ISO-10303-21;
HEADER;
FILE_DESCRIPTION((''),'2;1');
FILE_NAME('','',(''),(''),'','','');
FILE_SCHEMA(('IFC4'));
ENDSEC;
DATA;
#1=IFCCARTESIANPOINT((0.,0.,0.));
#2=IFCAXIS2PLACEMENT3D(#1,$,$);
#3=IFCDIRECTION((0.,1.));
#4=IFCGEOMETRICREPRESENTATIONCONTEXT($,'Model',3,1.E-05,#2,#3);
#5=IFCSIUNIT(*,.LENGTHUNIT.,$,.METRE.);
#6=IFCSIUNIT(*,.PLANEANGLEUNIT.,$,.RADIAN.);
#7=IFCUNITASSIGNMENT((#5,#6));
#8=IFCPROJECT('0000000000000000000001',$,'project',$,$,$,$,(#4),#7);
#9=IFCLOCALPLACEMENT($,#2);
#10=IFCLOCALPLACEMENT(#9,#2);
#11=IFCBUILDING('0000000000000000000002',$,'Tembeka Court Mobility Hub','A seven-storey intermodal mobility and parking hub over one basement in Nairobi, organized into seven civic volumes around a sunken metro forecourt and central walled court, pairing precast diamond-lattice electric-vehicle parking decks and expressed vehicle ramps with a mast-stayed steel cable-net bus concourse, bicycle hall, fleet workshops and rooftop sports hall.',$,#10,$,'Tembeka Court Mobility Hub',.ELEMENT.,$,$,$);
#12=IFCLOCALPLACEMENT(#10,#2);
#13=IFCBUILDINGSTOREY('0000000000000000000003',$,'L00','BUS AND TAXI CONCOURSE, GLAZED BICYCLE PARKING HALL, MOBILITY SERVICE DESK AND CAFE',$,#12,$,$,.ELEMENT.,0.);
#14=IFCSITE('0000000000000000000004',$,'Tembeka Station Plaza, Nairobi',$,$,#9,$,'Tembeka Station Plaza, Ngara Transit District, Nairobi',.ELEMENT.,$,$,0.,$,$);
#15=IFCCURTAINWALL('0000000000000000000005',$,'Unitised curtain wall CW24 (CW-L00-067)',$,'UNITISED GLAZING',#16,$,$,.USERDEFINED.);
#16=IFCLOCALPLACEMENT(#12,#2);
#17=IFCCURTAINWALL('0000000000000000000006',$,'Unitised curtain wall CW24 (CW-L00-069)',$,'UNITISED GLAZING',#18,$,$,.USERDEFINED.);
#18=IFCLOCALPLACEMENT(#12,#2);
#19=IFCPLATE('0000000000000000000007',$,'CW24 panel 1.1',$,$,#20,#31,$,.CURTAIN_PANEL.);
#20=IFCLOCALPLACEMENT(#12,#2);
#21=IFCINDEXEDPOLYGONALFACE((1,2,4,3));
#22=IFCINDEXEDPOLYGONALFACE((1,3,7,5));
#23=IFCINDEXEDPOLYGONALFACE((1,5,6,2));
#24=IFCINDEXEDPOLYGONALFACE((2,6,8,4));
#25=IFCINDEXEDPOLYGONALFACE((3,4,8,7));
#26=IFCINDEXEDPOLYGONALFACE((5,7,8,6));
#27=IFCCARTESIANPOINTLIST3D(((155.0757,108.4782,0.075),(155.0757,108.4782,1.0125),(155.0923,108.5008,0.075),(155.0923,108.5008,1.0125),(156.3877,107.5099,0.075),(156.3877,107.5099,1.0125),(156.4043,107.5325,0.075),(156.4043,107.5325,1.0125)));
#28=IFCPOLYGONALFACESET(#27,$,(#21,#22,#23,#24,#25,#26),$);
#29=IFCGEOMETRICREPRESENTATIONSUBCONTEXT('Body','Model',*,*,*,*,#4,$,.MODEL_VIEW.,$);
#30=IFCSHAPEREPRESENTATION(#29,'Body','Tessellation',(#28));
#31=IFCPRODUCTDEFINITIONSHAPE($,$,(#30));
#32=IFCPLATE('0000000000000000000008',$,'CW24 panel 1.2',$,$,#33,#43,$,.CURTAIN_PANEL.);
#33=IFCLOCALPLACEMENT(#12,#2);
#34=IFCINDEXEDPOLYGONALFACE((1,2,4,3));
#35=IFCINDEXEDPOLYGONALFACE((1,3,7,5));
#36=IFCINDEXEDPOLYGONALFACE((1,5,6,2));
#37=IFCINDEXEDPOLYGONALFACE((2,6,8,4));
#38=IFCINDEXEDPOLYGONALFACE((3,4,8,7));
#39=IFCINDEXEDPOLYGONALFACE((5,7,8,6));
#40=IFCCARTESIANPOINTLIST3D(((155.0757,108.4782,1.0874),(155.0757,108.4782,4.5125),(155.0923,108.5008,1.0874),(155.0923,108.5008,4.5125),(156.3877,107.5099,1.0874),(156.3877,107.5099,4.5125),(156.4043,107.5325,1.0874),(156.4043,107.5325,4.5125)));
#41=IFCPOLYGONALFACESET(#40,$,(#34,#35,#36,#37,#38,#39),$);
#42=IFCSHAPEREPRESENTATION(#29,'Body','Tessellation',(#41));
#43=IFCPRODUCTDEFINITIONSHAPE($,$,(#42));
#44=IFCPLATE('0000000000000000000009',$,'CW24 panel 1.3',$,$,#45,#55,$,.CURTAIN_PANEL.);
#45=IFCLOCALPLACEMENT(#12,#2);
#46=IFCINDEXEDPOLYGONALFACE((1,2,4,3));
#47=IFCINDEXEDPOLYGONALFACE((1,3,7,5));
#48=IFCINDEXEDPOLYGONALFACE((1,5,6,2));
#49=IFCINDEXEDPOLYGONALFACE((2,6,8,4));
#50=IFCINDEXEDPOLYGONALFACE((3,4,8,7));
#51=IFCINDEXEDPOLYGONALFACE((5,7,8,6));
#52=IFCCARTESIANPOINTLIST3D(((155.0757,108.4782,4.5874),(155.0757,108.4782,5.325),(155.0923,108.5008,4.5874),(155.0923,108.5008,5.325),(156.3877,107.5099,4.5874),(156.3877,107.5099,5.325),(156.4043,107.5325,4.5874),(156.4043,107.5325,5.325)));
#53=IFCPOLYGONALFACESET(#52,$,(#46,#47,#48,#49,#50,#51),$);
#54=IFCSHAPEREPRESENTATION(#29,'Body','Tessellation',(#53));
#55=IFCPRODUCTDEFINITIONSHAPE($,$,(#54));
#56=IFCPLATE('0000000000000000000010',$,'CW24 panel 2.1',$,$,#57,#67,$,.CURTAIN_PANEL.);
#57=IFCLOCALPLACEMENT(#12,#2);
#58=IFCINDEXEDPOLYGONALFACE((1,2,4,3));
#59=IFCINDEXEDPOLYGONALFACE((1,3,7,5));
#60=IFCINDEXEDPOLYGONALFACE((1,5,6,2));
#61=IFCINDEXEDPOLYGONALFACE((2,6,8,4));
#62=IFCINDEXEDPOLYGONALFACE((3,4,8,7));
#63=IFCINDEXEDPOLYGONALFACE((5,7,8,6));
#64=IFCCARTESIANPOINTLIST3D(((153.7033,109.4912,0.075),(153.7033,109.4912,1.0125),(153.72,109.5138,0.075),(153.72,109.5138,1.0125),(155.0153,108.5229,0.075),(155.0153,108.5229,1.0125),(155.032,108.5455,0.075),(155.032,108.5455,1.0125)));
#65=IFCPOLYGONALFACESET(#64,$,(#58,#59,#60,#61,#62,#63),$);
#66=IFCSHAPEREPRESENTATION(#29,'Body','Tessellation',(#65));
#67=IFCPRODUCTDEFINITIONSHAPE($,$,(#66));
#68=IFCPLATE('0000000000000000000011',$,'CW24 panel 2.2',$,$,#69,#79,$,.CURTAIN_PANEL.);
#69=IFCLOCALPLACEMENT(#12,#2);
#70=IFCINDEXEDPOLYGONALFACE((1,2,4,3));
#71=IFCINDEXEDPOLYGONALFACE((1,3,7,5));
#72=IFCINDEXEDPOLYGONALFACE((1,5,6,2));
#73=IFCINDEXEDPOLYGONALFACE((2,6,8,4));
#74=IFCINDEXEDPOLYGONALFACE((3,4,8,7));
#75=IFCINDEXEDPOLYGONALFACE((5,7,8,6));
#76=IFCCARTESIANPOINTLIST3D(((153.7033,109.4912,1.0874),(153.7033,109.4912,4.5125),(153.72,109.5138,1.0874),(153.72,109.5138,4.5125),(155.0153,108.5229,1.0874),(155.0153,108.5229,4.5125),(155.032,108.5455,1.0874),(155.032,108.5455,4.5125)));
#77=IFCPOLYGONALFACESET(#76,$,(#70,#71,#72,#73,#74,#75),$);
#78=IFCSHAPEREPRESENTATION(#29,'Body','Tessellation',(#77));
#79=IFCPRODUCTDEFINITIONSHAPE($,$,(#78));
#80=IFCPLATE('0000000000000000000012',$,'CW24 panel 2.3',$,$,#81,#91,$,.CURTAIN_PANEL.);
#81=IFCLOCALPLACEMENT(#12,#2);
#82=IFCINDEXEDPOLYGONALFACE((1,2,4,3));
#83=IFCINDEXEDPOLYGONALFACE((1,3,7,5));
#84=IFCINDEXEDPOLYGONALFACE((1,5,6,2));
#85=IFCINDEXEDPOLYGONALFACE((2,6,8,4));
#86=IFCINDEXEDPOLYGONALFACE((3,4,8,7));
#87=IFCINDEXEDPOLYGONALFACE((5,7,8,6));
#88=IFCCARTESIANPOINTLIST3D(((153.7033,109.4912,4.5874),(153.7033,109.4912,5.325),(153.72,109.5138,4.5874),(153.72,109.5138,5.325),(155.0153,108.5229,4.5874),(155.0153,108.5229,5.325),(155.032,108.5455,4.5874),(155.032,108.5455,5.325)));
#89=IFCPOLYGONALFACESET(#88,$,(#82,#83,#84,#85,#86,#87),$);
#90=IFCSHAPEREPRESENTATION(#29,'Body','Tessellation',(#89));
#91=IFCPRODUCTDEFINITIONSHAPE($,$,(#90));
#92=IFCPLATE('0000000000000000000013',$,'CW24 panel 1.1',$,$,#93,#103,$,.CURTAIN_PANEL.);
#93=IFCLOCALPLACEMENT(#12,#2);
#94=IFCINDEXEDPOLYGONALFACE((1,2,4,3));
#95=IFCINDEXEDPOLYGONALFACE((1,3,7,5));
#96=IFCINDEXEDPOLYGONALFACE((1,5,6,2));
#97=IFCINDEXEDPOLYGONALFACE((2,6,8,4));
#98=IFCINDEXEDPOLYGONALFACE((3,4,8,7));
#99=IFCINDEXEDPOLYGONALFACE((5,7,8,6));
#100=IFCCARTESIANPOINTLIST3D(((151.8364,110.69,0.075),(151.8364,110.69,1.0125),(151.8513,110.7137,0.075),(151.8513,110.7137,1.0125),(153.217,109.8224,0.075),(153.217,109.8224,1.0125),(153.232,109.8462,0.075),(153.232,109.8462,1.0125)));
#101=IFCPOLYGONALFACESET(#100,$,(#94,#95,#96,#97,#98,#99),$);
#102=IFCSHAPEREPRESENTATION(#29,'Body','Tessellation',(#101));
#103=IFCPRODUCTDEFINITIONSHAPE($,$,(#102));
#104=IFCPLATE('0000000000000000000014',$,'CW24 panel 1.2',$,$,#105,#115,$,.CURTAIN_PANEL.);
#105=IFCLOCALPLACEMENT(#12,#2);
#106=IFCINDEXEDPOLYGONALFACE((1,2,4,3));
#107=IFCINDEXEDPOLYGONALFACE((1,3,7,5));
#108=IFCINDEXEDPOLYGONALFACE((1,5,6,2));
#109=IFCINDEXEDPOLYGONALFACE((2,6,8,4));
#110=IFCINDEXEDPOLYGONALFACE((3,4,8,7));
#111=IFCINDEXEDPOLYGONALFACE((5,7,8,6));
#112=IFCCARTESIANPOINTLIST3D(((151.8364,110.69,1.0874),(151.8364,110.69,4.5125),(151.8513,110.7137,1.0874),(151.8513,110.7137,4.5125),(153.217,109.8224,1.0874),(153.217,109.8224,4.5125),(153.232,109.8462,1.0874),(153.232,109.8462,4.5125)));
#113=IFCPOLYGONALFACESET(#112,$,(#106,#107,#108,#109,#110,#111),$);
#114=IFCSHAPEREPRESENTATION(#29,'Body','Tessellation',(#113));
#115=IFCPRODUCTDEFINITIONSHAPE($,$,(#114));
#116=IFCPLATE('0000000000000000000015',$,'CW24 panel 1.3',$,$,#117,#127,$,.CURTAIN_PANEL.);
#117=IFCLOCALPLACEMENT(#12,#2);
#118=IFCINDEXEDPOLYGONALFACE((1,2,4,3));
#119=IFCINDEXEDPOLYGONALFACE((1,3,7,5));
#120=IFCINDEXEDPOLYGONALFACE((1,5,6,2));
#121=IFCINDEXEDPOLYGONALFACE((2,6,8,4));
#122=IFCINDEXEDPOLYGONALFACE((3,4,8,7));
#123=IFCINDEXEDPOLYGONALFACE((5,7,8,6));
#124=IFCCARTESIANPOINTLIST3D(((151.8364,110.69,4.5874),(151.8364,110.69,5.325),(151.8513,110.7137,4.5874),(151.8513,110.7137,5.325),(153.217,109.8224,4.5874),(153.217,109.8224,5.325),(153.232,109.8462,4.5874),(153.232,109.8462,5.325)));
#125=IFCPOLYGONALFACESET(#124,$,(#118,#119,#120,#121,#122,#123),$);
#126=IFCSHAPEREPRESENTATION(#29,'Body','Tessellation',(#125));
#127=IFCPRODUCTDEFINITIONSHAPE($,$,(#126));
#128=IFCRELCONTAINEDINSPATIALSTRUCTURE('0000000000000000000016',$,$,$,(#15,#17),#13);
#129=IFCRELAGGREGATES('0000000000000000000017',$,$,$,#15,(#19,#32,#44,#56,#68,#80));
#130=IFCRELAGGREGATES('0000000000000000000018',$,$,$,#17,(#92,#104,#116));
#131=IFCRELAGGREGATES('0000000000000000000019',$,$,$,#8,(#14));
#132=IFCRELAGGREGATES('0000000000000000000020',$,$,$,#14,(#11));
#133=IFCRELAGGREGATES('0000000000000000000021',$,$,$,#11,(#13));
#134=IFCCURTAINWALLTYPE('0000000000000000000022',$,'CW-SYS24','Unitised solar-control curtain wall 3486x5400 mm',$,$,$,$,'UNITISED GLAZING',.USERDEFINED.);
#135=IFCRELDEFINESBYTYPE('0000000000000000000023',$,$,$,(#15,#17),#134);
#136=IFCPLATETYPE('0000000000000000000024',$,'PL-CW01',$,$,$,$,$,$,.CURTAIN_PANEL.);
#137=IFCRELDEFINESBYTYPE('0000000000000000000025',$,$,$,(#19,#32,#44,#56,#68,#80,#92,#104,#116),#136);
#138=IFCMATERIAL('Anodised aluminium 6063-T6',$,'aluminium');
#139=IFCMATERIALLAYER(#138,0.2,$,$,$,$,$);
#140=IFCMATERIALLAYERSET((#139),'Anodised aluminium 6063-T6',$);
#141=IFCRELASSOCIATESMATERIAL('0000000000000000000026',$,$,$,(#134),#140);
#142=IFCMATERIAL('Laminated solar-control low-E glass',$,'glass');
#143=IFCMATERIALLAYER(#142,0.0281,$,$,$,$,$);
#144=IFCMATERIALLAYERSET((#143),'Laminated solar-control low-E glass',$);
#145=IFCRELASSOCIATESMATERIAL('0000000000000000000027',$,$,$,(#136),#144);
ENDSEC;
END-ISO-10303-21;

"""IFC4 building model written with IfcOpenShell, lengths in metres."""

from ifc_helpers import new_model, si_unit, direction, frame, origin, origin_2d, place, context, subcontext, project, spatial, rectangle, extrude, material, layer, layer_set, type_object, element, aggregate, save


model = new_model("IFC4")

# Units and contexts
model_context = context("Model", 3, precision=1e-05, world=origin(), true_north=direction((0.0, 1.0)))
body_context = subcontext(model_context, "Body", "Model", "MODEL_VIEW")
ifc_project = project(units=[si_unit("LENGTHUNIT", "METRE"), si_unit("PLANEANGLEUNIT", "RADIAN")], contexts=[model_context])

# Site, building, storey
site_placement = place(None, origin())
site = spatial("IfcSite", under=ifc_project, at=site_placement, Name="Tembeka Station Plaza, Nairobi", LongName="Tembeka Station Plaza, Ngara Transit District, Nairobi", CompositionType="ELEMENT", RefElevation=0.0)
building_placement = place(site_placement, origin())
building = spatial("IfcBuilding", under=site, at=building_placement, Name="Tembeka Court Mobility Hub", Description="A seven-storey intermodal mobility and parking hub over one basement in Nairobi, organized into seven civic volumes around a sunken metro forecourt and central walled court, pairing precast diamond-lattice electric-vehicle parking decks and expressed vehicle ramps with a mast-stayed steel cable-net bus concourse, bicycle hall, fleet workshops and rooftop sports hall.", LongName="Tembeka Court Mobility Hub", CompositionType="ELEMENT")
storey_placement = place(building_placement, origin())
storey = spatial("IfcBuildingStorey", under=building, at=storey_placement, Name="L00", Description="BUS AND TAXI CONCOURSE, GLAZED BICYCLE PARKING HALL, MOBILITY SERVICE DESK AND CAFE", CompositionType="ELEMENT", Elevation=0.0)

# Shared definitions
ifc_material_1 = material(Name="Anodised aluminium 6063-T6", Category="aluminium")
ifc_layer_1 = layer(ifc_material_1, 0.2)
ifc_layer_set_1 = layer_set([ifc_layer_1], Name="Anodised aluminium 6063-T6")
curtain_wall_type = type_object("IfcCurtainWallType", Name="CW-SYS24", Description="Unitised solar-control curtain wall 3486x5400 mm", ElementType="UNITISED GLAZING", PredefinedType="USERDEFINED", material=ifc_layer_set_1)

# Curtain wall
curtain_wall_1_placement = place(storey_placement, origin())
curtain_wall_1 = element("IfcCurtainWall", 1, at=curtain_wall_1_placement, inside=storey, type_object=curtain_wall_type, Name="Unitised curtain wall CW24 (CW-L00-067)", ObjectType="UNITISED GLAZING", PredefinedType="USERDEFINED")

# Curtain wall
curtain_wall_2_placement = place(storey_placement, origin())
curtain_wall_2 = element("IfcCurtainWall", 2, at=curtain_wall_2_placement, inside=storey, type_object=curtain_wall_type, Name="Unitised curtain wall CW24 (CW-L00-069)", ObjectType="UNITISED GLAZING", PredefinedType="USERDEFINED")

# Plates
ifc_material_2 = material(Name="Laminated solar-control low-E glass", Category="glass")
ifc_layer_2 = layer(ifc_material_2, 0.0281)
ifc_layer_set_2 = layer_set([ifc_layer_2], Name="Laminated solar-control low-E glass")
plate_type = type_object("IfcPlateType", Name="PL-CW01", PredefinedType="CURTAIN_PANEL", material=ifc_layer_set_2)
plate_1_placement = place(storey_placement, frame((155.74, 108.0054, 0.075), z_axis=(0.0, 0.0, 1.0), x_axis=(-0.804599, 0.593818, 0.0)))
plate_1 = element("IfcPlate", 3, at=plate_1_placement, type_object=plate_type, Name="CW24 panel 1.1", PredefinedType="CURTAIN_PANEL", context=body_context, shape_type="SweptSolid", body=[
    extrude(rectangle(XDim=1.6306, YDim=0.0281, at=origin_2d()), origin(), (0.0, 0.0, 1.0), 0.9375),
])
plate_2_placement = place(storey_placement, frame((155.74, 108.0054, 1.0874), z_axis=(0.0, 0.0, 1.0), x_axis=(-0.804599, 0.593818, 0.0)))
plate_2 = element("IfcPlate", 4, at=plate_2_placement, type_object=plate_type, Name="CW24 panel 1.2", PredefinedType="CURTAIN_PANEL", context=body_context, shape_type="SweptSolid", body=[
    extrude(rectangle(XDim=1.6306, YDim=0.0281, at=origin_2d()), origin(), (0.0, 0.0, 1.0), 3.425),
])
plate_3_placement = place(storey_placement, frame((155.74, 108.0054, 4.5874), z_axis=(0.0, 0.0, 1.0), x_axis=(-0.804599, 0.593818, 0.0)))
plate_3 = element("IfcPlate", 5, at=plate_3_placement, type_object=plate_type, Name="CW24 panel 1.3", PredefinedType="CURTAIN_PANEL", context=body_context, shape_type="SweptSolid", body=[
    extrude(rectangle(XDim=1.6306, YDim=0.0281, at=origin_2d()), origin(), (0.0, 0.0, 1.0), 0.7375),
])
plate_4_placement = place(storey_placement, frame((154.3677, 109.0183, 0.075), z_axis=(0.0, 0.0, 1.0), x_axis=(-0.804599, 0.593818, 0.0)))
plate_4 = element("IfcPlate", 6, at=plate_4_placement, type_object=plate_type, Name="CW24 panel 2.1", PredefinedType="CURTAIN_PANEL", context=body_context, shape_type="SweptSolid", body=[
    extrude(rectangle(XDim=1.6306, YDim=0.0281, at=origin_2d()), origin(), (0.0, 0.0, 1.0), 0.9375),
])
plate_5_placement = place(storey_placement, frame((154.3677, 109.0183, 1.0874), z_axis=(0.0, 0.0, 1.0), x_axis=(-0.804599, 0.593818, 0.0)))
plate_5 = element("IfcPlate", 7, at=plate_5_placement, type_object=plate_type, Name="CW24 panel 2.2", PredefinedType="CURTAIN_PANEL", context=body_context, shape_type="SweptSolid", body=[
    extrude(rectangle(XDim=1.6306, YDim=0.0281, at=origin_2d()), origin(), (0.0, 0.0, 1.0), 3.425),
])
plate_6_placement = place(storey_placement, frame((154.3677, 109.0183, 4.5874), z_axis=(0.0, 0.0, 1.0), x_axis=(-0.804599, 0.593818, 0.0)))
plate_6 = element("IfcPlate", 8, at=plate_6_placement, type_object=plate_type, Name="CW24 panel 2.3", PredefinedType="CURTAIN_PANEL", context=body_context, shape_type="SweptSolid", body=[
    extrude(rectangle(XDim=1.6306, YDim=0.0281, at=origin_2d()), origin(), (0.0, 0.0, 1.0), 0.7375),
])
aggregate(curtain_wall_1, [plate_1, plate_2, plate_3, plate_4, plate_5, plate_6])
plate_7_placement = place(storey_placement, frame((152.5342, 110.2681, 0.075), z_axis=(0.0, 0.0, 1.0), x_axis=(-0.846708, 0.532058, 0.0)))
plate_7 = element("IfcPlate", 9, at=plate_7_placement, type_object=plate_type, Name="CW24 panel 1.1", PredefinedType="CURTAIN_PANEL", context=body_context, shape_type="SweptSolid", body=[
    extrude(rectangle(XDim=1.6306, YDim=0.0281, at=origin_2d()), origin(), (0.0, 0.0, 1.0), 0.9375),
])
plate_8_placement = place(storey_placement, frame((152.5342, 110.2681, 1.0874), z_axis=(0.0, 0.0, 1.0), x_axis=(-0.846708, 0.532058, 0.0)))
plate_8 = element("IfcPlate", 10, at=plate_8_placement, type_object=plate_type, Name="CW24 panel 1.2", PredefinedType="CURTAIN_PANEL", context=body_context, shape_type="SweptSolid", body=[
    extrude(rectangle(XDim=1.6306, YDim=0.0281, at=origin_2d()), origin(), (0.0, 0.0, 1.0), 3.425),
])
plate_9_placement = place(storey_placement, frame((152.5342, 110.2681, 4.5874), z_axis=(0.0, 0.0, 1.0), x_axis=(-0.846708, 0.532058, 0.0)))
plate_9 = element("IfcPlate", 11, at=plate_9_placement, type_object=plate_type, Name="CW24 panel 1.3", PredefinedType="CURTAIN_PANEL", context=body_context, shape_type="SweptSolid", body=[
    extrude(rectangle(XDim=1.6306, YDim=0.0281, at=origin_2d()), origin(), (0.0, 0.0, 1.0), 0.7375),
])
aggregate(curtain_wall_2, [plate_7, plate_8, plate_9])

save(model, "model.ifc")
